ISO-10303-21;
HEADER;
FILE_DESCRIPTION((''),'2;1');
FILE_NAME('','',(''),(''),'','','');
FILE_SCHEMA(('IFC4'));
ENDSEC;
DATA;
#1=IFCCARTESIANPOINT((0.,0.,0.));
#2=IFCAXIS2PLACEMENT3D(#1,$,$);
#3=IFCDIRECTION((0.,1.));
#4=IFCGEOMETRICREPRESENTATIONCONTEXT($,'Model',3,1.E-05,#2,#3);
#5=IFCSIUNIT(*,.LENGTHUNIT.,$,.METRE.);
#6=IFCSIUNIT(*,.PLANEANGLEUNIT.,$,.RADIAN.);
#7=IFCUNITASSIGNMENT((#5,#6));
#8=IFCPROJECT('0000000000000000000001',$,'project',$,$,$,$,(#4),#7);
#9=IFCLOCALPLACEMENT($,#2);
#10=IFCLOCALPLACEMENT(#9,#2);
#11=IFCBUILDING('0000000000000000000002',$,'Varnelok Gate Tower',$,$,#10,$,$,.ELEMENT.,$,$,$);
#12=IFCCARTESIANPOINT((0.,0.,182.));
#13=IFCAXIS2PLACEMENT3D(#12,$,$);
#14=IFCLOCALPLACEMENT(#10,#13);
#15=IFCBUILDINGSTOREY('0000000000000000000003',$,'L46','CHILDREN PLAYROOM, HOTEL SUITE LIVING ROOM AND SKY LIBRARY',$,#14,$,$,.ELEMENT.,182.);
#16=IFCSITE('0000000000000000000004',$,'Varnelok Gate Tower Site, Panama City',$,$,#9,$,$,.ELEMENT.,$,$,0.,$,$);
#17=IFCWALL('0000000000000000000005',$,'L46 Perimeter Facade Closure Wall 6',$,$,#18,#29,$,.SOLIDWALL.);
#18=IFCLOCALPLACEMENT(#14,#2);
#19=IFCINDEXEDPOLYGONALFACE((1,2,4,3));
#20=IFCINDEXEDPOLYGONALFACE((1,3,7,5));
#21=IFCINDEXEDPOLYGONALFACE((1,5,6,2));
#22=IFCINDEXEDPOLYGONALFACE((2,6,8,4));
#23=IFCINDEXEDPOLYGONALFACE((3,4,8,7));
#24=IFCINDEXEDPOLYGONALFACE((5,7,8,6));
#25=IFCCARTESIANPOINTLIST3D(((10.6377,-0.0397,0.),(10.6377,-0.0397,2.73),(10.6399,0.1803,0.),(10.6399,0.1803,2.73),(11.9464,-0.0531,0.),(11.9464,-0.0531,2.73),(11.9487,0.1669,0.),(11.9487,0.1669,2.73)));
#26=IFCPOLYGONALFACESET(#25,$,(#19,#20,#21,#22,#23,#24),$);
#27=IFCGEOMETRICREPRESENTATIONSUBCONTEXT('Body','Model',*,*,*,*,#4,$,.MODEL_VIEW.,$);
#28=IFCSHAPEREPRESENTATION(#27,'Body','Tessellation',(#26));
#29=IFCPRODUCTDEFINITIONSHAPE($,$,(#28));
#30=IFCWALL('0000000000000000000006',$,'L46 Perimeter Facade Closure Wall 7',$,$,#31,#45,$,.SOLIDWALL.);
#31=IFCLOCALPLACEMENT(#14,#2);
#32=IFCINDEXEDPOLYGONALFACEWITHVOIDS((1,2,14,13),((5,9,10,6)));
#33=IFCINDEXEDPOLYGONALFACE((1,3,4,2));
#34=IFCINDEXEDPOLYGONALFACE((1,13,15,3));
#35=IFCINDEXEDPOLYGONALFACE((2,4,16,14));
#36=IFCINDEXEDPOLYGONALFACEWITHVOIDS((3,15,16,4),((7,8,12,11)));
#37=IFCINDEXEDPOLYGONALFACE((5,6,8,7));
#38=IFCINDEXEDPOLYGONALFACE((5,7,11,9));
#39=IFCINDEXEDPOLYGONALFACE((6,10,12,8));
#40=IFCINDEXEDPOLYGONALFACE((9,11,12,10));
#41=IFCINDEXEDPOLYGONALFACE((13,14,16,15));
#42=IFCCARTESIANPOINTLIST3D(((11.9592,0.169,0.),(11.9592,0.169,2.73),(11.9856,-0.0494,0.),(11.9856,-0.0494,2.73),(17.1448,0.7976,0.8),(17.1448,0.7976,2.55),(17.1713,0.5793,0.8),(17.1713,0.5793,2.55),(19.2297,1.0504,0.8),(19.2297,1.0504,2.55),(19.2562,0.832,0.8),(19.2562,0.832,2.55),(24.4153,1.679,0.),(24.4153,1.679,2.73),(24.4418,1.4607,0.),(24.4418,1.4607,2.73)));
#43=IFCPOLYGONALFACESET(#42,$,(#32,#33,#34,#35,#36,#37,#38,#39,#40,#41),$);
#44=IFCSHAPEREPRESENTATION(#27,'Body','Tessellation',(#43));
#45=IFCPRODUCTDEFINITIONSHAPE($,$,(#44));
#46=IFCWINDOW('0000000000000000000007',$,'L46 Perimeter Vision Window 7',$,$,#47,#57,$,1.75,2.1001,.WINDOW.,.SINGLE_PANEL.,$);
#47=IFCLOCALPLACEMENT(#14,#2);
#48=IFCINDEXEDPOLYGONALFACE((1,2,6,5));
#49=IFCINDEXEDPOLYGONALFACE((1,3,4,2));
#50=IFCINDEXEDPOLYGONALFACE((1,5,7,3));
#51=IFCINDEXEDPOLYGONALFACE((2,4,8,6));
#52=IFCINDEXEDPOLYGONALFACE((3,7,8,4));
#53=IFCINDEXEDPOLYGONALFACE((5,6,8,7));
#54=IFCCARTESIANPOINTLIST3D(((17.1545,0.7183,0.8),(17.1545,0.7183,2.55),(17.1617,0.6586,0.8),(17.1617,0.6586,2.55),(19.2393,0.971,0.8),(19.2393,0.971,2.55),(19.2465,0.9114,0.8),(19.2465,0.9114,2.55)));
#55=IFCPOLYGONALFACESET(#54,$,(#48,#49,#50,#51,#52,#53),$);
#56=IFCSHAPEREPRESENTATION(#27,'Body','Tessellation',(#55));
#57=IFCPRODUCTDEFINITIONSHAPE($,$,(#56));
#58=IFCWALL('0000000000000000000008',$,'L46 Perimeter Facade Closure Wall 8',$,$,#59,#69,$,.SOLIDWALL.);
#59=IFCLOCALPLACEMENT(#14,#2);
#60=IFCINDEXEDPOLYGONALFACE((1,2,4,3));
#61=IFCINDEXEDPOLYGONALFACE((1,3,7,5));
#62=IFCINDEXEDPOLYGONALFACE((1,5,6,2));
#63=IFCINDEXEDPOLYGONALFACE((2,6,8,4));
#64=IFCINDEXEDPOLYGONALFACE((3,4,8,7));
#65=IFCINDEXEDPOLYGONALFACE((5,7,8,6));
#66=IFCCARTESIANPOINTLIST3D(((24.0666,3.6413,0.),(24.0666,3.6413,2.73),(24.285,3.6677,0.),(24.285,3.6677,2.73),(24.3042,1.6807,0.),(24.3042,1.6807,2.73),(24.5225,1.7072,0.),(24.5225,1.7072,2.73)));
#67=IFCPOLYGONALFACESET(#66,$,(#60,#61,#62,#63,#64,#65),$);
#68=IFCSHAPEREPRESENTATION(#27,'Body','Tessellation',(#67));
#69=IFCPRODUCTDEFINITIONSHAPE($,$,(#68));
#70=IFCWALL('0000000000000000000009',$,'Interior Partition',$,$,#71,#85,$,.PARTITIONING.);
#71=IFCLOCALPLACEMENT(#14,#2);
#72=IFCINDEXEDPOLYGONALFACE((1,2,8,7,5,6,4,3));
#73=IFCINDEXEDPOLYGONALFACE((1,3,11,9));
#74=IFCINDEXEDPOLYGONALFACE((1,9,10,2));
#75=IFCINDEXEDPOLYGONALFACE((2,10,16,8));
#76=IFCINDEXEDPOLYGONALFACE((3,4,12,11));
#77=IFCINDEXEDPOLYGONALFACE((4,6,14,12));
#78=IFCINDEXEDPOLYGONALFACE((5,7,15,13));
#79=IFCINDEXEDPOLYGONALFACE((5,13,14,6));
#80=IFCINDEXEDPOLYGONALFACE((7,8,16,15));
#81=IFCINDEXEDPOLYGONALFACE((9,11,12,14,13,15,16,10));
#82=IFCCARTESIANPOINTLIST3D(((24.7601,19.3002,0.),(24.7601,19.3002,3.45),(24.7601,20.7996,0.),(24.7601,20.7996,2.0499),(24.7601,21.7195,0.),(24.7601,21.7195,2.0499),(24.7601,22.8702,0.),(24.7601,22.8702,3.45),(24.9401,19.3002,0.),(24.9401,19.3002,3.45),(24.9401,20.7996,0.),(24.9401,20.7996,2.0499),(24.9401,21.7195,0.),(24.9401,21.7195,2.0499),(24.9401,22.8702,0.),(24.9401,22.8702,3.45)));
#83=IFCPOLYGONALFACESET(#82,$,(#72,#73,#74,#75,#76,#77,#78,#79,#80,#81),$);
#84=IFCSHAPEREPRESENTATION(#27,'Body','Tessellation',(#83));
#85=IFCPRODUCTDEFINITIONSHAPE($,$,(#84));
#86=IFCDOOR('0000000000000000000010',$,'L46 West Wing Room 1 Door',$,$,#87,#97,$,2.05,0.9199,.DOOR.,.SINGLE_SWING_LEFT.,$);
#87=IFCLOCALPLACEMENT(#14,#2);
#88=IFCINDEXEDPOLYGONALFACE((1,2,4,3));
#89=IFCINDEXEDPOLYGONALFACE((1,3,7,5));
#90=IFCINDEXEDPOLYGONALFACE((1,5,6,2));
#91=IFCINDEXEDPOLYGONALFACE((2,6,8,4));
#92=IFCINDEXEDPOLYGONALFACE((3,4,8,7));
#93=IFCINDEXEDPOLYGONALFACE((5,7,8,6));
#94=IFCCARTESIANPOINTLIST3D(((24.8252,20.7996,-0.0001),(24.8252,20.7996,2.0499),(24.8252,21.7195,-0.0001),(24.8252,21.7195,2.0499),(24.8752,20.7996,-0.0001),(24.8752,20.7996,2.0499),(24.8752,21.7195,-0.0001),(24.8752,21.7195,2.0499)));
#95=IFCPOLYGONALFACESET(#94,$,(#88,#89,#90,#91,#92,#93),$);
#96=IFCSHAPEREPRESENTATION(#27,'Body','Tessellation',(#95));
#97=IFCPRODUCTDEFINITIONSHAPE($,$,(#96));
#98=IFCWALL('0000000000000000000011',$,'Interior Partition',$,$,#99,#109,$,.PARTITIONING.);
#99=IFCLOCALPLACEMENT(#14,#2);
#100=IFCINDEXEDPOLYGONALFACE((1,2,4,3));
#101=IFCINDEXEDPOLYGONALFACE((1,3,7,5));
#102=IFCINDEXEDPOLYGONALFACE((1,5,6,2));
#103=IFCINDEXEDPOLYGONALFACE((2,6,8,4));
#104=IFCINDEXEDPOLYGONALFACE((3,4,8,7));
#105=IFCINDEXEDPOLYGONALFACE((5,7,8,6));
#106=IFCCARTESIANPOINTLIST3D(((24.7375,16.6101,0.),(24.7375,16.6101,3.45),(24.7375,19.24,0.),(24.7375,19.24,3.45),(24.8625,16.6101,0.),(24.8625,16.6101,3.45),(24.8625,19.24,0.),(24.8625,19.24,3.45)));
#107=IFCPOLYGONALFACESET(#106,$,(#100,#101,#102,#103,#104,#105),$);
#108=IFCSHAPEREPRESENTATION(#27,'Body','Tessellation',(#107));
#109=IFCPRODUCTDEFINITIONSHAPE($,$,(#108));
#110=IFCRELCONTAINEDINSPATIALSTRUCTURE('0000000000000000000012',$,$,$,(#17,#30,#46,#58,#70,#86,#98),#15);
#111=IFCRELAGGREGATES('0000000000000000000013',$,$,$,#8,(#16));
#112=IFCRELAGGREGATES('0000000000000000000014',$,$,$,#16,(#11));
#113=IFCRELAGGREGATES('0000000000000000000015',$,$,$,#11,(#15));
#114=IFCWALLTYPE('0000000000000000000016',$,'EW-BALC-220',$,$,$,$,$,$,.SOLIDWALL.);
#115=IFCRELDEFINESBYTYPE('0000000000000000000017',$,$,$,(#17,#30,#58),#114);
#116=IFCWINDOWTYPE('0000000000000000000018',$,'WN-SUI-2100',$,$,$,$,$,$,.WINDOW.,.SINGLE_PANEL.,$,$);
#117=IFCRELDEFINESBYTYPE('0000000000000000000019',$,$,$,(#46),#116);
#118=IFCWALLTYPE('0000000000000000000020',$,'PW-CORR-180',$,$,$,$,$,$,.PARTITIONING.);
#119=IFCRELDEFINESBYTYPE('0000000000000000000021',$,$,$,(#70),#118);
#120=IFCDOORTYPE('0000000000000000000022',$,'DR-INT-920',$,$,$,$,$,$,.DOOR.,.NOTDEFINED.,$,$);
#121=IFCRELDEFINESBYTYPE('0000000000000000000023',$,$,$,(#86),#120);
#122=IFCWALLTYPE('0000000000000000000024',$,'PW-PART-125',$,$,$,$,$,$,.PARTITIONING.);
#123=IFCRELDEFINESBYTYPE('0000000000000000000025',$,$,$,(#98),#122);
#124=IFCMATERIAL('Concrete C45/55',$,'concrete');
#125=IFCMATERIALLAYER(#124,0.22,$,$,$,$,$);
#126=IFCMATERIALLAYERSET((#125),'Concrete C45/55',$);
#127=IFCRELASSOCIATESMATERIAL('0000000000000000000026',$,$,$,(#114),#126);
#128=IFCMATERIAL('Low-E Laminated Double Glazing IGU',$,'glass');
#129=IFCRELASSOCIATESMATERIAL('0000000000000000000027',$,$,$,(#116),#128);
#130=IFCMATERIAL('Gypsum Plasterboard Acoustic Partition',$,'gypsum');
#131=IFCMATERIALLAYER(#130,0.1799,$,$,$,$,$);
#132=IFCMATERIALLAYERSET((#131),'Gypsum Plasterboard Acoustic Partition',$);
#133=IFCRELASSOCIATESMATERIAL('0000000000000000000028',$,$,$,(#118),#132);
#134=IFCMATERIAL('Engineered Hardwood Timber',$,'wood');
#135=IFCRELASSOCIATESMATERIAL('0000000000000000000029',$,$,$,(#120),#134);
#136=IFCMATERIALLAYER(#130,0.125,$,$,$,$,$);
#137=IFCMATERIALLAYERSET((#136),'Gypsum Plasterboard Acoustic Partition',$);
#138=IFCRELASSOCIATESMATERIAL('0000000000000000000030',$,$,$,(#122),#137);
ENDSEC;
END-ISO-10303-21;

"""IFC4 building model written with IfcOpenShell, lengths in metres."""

from ifc_helpers import new_model, si_unit, direction, frame, frame_2d, origin, place, context, subcontext, project, spatial, rectangle, extrude, material, layer, layer_set, type_object, element, fill, save


model = new_model("IFC4")

# Units and contexts
model_context = context("Model", 3, precision=1e-05, world=origin(), true_north=direction((0.0, 1.0)))
body_context = subcontext(model_context, "Body", "Model", "MODEL_VIEW")
ifc_project = project(units=[si_unit("LENGTHUNIT", "METRE"), si_unit("PLANEANGLEUNIT", "RADIAN")], contexts=[model_context])

# Site, building, storey
site_placement = place(None, origin())
site = spatial("IfcSite", under=ifc_project, at=site_placement, Name="Varnelok Gate Tower Site, Panama City", CompositionType="ELEMENT", RefElevation=0.0)
building_placement = place(site_placement, origin())
building = spatial("IfcBuilding", under=site, at=building_placement, Name="Varnelok Gate Tower", CompositionType="ELEMENT")
storey_placement = place(building_placement, frame((0.0, 0.0, 182.0)))
storey = spatial("IfcBuildingStorey", under=building, at=storey_placement, Name="L46", Description="CHILDREN PLAYROOM, HOTEL SUITE LIVING ROOM AND SKY LIBRARY", CompositionType="ELEMENT", Elevation=182.0)

# Shared definitions
ifc_material_1 = material(Name="Low-E Laminated Double Glazing IGU", Category="glass")

# Wall
ifc_material_2 = material(Name="Concrete C45/55", Category="concrete")
ifc_layer_1 = layer(ifc_material_2, 0.22)
ifc_layer_set_1 = layer_set([ifc_layer_1], Name="Concrete C45/55")
wall_type_1 = type_object("IfcWallType", Name="EW-BALC-220", PredefinedType="SOLIDWALL", material=ifc_layer_set_1)
wall_1_placement = place(storey_placement, frame((10.6389, 0.0703, 0.0), z_axis=(0.0, 0.0, 1.0), x_axis=(0.999947, -0.010259, 0.0)))
element("IfcWall", 1, at=wall_1_placement, inside=storey, type_object=wall_type_1, Name="L46 Perimeter Facade Closure Wall 6", PredefinedType="SOLIDWALL", context=body_context, shape_type="SweptSolid", body=[
    extrude(rectangle(XDim=1.3088, YDim=0.22, at=frame_2d((0.6543, 0.0))), origin(), (0.0, 0.0, 1.0), 2.73),
])

# Wall, opening, window
wall_2_placement = place(storey_placement, frame((11.9724, 0.0598, 0.0), z_axis=(0.0, 0.0, 1.0), x_axis=(0.992732, 0.120346, 0.0)))
wall_2 = element("IfcWall", 2, at=wall_2_placement, inside=storey, type_object=wall_type_1, Name="L46 Perimeter Facade Closure Wall 7", PredefinedType="SOLIDWALL", context=body_context, shape_type="SweptSolid", body=[
    extrude(rectangle(XDim=12.5474, YDim=0.22, at=frame_2d((6.2737, 0.0))), origin(), (0.0, 0.0, 1.0), 2.73),
])
opening_1_placement = place(wall_2_placement, frame((5.2236, 0.0, 0.8)))
opening_1 = element("IfcOpeningElement", 3, at=opening_1_placement, cuts=wall_2, PredefinedType="OPENING", context=body_context, shape_type="SweptSolid", body=[
    extrude(rectangle(XDim=2.1001, YDim=1.75, at=frame_2d((1.05, 0.875))), frame((0.0, 0.1199, 0.0), z_axis=(0.0, -1.0, 0.0), x_axis=(1.0, 0.0, 0.0)), (0.0, 0.0, 1.0), 0.24),
])
window_type = type_object("IfcWindowType", Name="WN-SUI-2100", PartitioningType="SINGLE_PANEL", PredefinedType="WINDOW", material=ifc_material_1)
window_placement = place(opening_1_placement, origin())
window = element("IfcWindow", 4, at=window_placement, inside=storey, type_object=window_type, Name="L46 Perimeter Vision Window 7", OverallHeight=1.75, OverallWidth=2.1001, PartitioningType="SINGLE_PANEL", PredefinedType="WINDOW", context=body_context, shape_type="SweptSolid", body=[
    extrude(rectangle(XDim=2.1001, YDim=1.75, at=frame_2d((1.05, 0.875))), frame((0.0, 0.03, 0.0), z_axis=(0.0, -1.0, 0.0), x_axis=(1.0, 0.0, 0.0)), (0.0, 0.0, 1.0), 0.0601),
])
fill(opening_1, window)

# Wall
wall_3_placement = place(storey_placement, frame((24.4133, 1.6941, 0.0), z_axis=(0.0, 0.0, 1.0), x_axis=(-0.120291, 0.992739, 0.0)))
element("IfcWall", 5, at=wall_3_placement, inside=storey, type_object=wall_type_1, Name="L46 Perimeter Facade Closure Wall 8", PredefinedType="SOLIDWALL", context=body_context, shape_type="SweptSolid", body=[
    extrude(rectangle(XDim=1.9749, YDim=0.22, at=frame_2d((0.9873, 0.0))), origin(), (0.0, 0.0, 1.0), 2.73),
])

# Wall, opening, door
ifc_material_3 = material(Name="Gypsum Plasterboard Acoustic Partition", Category="gypsum")
ifc_layer_2 = layer(ifc_material_3, 0.1799)
ifc_layer_set_2 = layer_set([ifc_layer_2], Name="Gypsum Plasterboard Acoustic Partition")
wall_type_2 = type_object("IfcWallType", Name="PW-CORR-180", PredefinedType="PARTITIONING", material=ifc_layer_set_2)
wall_4_placement = place(storey_placement, frame((24.8501, 19.3, 0.0), z_axis=(0.0, 0.0, 1.0), x_axis=(0.0, 1.0, 0.0)))
wall_4 = element("IfcWall", 6, at=wall_4_placement, inside=storey, type_object=wall_type_2, Name="Interior Partition", PredefinedType="PARTITIONING", context=body_context, shape_type="SweptSolid", body=[
    extrude(rectangle(XDim=3.5701, YDim=0.1799, at=frame_2d((1.7852, 0.0))), origin(), (0.0, 0.0, 1.0), 3.45),
])
opening_2_placement = place(wall_4_placement, frame((1.4995, 0.0, 0.0)))
opening_2 = element("IfcOpeningElement", 7, at=opening_2_placement, cuts=wall_4, PredefinedType="OPENING", context=body_context, shape_type="SweptSolid", body=[
    extrude(rectangle(XDim=0.9199, YDim=2.05, at=frame_2d((0.46, 1.0249))), frame((0.0, 0.0999, 0.0), z_axis=(0.0, -1.0, 0.0), x_axis=(1.0, 0.0, 0.0)), (0.0, 0.0, 1.0), 0.2),
])
ifc_material_4 = material(Name="Engineered Hardwood Timber", Category="wood")
door_type = type_object("IfcDoorType", Name="DR-INT-920", OperationType="NOTDEFINED", PredefinedType="DOOR", material=ifc_material_4)
door_placement = place(opening_2_placement, origin())
door = element("IfcDoor", 8, at=door_placement, inside=storey, type_object=door_type, Name="L46 West Wing Room 1 Door", OperationType="SINGLE_SWING_LEFT", OverallHeight=2.05, OverallWidth=0.9199, PredefinedType="DOOR", context=body_context, shape_type="SweptSolid", body=[
    extrude(rectangle(XDim=0.9199, YDim=2.05, at=frame_2d((0.46, 1.0249))), frame((0.0, 0.0249, 0.0), z_axis=(0.0, -1.0, 0.0), x_axis=(1.0, 0.0, 0.0)), (0.0, 0.0, 1.0), 0.05),
])
fill(opening_2, door)

# Wall
ifc_layer_3 = layer(ifc_material_3, 0.125)
ifc_layer_set_3 = layer_set([ifc_layer_3], Name="Gypsum Plasterboard Acoustic Partition")
wall_type_3 = type_object("IfcWallType", Name="PW-PART-125", PredefinedType="PARTITIONING", material=ifc_layer_set_3)
wall_5_placement = place(storey_placement, frame((24.8, 16.6101, 0.0), z_axis=(0.0, 0.0, 1.0), x_axis=(0.0, 1.0, 0.0)))
element("IfcWall", 9, at=wall_5_placement, inside=storey, type_object=wall_type_3, Name="Interior Partition", PredefinedType="PARTITIONING", context=body_context, shape_type="SweptSolid", body=[
    extrude(rectangle(XDim=2.6299, YDim=0.125, at=frame_2d((1.3149, 0.0))), origin(), (0.0, 0.0, 1.0), 3.45),
])

save(model, "model.ifc")
